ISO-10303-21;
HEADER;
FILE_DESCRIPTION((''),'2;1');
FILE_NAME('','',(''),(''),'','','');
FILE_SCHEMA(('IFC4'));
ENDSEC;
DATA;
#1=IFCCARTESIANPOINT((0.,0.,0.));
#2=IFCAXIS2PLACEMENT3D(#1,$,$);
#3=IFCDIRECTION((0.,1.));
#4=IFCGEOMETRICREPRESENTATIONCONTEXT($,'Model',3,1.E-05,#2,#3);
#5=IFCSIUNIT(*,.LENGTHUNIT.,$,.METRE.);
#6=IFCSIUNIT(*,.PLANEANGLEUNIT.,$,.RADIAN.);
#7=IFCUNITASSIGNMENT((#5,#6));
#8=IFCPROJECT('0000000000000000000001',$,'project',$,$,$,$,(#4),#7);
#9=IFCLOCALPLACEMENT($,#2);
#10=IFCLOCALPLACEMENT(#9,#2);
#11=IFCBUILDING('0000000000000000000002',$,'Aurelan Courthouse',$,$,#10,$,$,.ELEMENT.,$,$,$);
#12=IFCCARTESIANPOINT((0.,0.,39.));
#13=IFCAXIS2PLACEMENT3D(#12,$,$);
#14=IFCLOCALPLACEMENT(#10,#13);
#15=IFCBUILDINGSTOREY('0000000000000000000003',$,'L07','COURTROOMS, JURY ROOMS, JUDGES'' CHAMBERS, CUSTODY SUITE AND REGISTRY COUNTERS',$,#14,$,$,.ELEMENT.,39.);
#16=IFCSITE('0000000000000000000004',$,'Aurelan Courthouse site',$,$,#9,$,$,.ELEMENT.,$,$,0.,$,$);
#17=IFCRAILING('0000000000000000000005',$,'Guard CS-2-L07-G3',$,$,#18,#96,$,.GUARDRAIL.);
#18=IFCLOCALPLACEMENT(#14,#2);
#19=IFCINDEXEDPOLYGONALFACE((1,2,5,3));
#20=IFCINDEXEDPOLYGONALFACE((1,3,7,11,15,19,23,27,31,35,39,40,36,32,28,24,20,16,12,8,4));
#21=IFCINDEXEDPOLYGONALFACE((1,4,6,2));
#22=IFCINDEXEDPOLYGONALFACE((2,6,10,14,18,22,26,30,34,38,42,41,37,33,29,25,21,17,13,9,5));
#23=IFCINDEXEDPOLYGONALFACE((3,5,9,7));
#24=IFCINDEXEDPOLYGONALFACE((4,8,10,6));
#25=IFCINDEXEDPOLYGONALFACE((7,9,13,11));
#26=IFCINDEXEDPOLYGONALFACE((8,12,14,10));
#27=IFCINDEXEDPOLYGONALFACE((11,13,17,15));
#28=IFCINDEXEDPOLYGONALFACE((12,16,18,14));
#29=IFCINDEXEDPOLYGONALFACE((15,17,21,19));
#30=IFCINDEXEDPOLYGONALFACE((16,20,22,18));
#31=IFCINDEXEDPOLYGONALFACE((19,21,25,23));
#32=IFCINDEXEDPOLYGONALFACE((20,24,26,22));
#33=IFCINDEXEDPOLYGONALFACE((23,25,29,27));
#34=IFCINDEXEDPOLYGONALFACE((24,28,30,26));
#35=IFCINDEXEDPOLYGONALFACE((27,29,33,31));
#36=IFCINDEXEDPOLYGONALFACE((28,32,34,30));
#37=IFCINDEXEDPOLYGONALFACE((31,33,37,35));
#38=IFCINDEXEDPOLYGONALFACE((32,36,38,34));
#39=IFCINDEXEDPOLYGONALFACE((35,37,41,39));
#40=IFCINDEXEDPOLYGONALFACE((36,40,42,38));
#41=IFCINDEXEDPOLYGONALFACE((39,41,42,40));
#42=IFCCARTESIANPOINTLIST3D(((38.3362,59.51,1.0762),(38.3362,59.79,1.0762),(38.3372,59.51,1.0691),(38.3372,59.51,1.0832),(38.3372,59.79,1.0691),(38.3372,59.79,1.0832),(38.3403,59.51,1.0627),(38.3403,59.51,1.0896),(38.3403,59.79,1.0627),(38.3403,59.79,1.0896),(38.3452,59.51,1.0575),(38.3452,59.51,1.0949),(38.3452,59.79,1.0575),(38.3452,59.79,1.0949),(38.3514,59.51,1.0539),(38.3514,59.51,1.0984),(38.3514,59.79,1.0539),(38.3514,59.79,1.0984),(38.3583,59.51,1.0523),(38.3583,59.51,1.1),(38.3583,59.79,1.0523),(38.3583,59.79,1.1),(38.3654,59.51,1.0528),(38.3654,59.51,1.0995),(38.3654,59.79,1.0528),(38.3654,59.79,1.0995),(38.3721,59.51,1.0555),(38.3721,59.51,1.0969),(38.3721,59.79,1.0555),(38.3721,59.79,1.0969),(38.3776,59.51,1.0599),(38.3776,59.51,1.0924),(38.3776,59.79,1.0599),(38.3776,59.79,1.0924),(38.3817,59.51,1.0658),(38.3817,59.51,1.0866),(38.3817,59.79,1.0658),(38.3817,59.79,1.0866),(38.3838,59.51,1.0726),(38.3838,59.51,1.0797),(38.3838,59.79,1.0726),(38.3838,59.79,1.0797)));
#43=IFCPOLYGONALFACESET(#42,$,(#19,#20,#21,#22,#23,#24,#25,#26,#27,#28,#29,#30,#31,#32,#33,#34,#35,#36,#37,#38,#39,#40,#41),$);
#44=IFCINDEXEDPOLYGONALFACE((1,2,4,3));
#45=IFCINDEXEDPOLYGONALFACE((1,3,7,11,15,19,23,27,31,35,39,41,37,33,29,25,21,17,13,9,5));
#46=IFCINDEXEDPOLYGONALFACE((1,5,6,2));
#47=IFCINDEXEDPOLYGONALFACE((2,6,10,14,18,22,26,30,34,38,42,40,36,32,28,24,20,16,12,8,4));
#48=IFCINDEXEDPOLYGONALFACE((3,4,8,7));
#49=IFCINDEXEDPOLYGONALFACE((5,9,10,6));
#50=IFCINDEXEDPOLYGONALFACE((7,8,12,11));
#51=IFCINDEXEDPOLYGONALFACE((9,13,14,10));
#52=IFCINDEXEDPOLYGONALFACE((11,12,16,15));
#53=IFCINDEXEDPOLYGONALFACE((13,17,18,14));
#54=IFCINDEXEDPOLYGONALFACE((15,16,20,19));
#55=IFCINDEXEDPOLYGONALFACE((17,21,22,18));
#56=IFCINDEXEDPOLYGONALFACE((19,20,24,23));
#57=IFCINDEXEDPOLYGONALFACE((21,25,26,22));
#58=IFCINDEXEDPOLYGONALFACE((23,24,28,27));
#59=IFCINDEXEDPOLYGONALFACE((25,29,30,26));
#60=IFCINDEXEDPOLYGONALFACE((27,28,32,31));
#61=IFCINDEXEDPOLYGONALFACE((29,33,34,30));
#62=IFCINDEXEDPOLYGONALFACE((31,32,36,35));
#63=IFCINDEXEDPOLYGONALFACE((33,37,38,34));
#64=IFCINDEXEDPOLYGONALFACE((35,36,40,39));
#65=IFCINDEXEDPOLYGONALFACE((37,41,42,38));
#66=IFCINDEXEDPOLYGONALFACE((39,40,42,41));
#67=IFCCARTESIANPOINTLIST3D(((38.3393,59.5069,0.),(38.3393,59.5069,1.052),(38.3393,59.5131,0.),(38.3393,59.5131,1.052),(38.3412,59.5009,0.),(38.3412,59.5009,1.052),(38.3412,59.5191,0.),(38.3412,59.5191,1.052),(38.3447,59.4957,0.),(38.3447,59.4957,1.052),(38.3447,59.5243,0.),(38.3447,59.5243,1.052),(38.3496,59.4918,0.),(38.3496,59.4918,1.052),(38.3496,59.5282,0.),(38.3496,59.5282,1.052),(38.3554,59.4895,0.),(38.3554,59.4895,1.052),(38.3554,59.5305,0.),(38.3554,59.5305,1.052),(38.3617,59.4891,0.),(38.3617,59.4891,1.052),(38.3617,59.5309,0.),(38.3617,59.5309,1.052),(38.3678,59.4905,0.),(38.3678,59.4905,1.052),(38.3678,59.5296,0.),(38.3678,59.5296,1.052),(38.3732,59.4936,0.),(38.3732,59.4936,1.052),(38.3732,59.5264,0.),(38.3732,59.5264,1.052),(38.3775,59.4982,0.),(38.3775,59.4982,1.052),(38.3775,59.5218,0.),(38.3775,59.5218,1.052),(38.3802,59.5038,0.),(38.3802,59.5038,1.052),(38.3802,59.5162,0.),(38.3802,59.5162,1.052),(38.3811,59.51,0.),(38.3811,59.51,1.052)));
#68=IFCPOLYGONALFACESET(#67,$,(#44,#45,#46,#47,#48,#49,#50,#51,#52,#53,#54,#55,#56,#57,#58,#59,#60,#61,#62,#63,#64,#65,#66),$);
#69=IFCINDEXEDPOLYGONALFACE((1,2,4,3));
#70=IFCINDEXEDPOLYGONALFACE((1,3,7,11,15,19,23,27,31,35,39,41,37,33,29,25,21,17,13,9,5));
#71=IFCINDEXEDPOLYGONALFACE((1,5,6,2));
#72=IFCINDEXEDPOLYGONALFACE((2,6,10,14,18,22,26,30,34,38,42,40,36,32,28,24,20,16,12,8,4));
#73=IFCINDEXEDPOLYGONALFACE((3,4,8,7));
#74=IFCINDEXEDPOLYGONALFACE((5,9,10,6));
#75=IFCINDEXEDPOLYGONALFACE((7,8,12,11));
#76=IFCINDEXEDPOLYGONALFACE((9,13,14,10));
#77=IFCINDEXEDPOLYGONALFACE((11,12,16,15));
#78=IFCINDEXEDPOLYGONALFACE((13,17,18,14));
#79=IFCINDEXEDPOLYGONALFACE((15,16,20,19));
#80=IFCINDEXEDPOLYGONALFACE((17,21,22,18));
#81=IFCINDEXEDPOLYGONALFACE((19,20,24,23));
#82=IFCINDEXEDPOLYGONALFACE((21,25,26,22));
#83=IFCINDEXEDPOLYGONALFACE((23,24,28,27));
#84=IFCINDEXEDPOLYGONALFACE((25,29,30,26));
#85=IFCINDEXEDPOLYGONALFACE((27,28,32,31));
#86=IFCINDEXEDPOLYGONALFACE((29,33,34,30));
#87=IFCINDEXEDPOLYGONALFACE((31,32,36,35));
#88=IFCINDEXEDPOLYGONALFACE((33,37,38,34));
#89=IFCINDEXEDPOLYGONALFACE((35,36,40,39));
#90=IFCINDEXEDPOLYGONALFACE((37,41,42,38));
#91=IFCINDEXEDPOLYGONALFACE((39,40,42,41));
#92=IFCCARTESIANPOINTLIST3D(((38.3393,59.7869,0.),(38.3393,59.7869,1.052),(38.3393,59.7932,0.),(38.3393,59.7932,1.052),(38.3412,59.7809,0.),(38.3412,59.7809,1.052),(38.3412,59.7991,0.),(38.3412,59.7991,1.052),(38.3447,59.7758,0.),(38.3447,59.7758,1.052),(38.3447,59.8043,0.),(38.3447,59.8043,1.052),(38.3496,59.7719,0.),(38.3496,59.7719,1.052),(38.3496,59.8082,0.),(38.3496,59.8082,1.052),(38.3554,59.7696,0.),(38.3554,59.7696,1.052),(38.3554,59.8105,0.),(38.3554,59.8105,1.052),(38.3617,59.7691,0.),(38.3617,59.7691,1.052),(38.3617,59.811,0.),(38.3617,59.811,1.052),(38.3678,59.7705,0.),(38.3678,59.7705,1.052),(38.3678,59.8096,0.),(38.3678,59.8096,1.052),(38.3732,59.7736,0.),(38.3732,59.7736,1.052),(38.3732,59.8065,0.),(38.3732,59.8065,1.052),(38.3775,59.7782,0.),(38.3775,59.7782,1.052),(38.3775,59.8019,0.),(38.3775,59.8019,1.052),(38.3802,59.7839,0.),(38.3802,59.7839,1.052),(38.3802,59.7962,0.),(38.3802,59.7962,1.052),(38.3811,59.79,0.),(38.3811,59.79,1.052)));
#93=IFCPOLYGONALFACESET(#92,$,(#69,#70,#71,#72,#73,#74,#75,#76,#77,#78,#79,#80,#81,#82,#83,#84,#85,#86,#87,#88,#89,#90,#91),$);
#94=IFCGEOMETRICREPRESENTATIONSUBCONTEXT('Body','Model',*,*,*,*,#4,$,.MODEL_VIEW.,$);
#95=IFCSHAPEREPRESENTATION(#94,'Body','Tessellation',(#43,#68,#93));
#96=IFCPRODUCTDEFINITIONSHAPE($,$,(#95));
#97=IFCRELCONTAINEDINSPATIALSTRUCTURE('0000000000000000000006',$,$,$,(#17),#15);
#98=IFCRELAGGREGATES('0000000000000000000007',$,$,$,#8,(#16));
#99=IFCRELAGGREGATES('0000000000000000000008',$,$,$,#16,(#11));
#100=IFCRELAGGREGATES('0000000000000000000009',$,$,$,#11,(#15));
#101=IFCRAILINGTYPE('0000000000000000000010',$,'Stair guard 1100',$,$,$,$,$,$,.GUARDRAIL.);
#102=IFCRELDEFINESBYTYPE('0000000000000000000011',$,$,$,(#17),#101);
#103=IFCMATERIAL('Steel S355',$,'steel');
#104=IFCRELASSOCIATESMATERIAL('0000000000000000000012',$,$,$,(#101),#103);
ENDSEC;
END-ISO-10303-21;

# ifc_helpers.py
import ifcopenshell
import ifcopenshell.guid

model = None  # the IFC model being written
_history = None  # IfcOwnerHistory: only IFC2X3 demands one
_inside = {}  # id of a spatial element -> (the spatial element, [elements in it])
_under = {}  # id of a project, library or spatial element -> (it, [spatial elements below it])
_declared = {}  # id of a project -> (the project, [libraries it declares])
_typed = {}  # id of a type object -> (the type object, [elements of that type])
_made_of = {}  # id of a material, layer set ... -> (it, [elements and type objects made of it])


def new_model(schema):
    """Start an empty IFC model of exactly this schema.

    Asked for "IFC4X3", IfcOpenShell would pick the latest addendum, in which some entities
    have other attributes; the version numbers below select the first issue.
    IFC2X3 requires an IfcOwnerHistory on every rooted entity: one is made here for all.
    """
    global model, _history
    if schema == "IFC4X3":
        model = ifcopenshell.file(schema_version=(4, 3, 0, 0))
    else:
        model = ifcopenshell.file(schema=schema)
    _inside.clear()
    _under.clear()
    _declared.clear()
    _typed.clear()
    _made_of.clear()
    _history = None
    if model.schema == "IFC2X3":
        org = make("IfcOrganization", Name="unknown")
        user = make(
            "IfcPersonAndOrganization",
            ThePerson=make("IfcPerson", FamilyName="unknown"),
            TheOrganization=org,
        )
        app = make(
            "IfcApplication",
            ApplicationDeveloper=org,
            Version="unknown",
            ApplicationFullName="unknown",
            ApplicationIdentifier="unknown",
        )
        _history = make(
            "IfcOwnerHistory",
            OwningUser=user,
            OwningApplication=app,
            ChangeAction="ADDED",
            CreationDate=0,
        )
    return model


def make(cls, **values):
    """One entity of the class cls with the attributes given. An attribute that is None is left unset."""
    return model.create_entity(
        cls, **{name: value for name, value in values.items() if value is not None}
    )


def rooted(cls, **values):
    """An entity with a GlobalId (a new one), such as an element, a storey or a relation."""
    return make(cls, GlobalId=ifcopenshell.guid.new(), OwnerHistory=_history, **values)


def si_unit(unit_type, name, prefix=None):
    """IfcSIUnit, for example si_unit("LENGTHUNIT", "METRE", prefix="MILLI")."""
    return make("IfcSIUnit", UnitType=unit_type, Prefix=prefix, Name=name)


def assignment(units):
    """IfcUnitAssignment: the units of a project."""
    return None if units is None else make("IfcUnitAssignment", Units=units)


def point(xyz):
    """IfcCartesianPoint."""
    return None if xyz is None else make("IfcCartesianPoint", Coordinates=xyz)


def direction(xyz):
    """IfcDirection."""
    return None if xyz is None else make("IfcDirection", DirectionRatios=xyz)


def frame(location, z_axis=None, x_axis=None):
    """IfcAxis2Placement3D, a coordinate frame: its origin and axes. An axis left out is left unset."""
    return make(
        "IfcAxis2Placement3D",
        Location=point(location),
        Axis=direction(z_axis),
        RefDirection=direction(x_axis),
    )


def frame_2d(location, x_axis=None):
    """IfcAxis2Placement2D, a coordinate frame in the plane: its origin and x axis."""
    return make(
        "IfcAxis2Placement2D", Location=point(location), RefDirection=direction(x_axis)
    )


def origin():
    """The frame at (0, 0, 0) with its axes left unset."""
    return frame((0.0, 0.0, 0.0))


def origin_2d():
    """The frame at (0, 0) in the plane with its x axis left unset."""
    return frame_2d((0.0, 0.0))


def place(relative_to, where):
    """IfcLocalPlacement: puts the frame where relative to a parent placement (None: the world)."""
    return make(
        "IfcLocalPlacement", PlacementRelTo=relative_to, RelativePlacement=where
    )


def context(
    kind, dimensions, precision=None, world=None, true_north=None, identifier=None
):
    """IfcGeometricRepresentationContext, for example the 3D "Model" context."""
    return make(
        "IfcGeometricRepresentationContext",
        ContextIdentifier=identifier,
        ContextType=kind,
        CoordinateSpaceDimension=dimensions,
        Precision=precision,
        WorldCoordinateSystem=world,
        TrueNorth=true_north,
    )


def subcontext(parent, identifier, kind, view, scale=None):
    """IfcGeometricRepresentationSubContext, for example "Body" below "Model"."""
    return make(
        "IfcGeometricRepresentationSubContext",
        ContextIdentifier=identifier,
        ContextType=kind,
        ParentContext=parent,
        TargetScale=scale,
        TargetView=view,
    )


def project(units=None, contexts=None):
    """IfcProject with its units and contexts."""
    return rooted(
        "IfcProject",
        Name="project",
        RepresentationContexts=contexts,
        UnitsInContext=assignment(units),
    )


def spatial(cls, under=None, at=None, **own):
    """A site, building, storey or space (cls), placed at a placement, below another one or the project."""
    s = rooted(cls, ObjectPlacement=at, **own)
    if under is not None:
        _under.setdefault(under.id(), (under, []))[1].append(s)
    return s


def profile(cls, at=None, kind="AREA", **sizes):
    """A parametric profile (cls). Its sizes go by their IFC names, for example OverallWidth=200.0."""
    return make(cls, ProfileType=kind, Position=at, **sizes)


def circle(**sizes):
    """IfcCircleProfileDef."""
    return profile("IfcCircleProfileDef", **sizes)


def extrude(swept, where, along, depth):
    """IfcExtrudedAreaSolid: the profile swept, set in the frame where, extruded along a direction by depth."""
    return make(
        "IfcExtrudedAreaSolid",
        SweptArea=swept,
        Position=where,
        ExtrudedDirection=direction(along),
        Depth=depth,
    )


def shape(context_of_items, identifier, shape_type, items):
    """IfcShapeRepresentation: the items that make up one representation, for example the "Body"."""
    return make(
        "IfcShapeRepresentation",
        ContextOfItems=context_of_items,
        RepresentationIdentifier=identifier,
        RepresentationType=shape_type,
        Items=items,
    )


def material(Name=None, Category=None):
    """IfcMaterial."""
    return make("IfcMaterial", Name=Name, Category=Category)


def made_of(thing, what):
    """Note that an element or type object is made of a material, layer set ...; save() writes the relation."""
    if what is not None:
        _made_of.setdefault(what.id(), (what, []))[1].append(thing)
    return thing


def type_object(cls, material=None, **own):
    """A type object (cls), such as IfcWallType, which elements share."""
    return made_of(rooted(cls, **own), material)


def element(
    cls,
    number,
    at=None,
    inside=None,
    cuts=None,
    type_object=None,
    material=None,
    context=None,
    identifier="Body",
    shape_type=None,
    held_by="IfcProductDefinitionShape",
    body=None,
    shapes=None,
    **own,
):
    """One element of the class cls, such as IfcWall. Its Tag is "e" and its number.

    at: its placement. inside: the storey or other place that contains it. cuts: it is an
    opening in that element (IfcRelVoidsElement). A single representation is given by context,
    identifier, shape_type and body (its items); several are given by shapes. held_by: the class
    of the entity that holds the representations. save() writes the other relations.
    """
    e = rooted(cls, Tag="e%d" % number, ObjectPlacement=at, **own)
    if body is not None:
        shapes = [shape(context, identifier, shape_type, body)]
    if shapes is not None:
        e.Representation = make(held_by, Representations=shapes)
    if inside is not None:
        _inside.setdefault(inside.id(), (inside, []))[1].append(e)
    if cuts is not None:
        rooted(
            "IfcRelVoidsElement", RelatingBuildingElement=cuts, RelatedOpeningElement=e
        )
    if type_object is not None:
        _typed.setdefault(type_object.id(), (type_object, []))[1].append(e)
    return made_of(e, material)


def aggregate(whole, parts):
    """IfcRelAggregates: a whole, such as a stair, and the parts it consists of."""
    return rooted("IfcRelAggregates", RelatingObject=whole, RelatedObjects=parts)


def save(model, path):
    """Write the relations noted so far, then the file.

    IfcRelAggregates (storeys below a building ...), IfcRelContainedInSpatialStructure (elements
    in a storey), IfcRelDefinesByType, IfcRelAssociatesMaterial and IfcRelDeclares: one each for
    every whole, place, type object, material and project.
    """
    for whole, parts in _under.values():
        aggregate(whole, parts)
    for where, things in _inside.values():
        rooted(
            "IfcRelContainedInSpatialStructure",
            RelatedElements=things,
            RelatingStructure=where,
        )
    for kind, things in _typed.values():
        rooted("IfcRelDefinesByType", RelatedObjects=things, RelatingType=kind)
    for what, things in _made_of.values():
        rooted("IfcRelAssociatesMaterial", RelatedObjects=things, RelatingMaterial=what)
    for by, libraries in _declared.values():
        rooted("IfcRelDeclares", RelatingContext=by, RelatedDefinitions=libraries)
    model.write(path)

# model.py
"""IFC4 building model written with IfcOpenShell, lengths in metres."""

from ifc_helpers import new_model, si_unit, direction, frame, origin, origin_2d, place, context, subcontext, project, spatial, circle, extrude, material, type_object, element, save


model = new_model("IFC4")

# Units and contexts
model_context = context("Model", 3, precision=1e-05, world=origin(), true_north=direction((0.0, 1.0)))
body_context = subcontext(model_context, "Body", "Model", "MODEL_VIEW")
ifc_project = project(units=[si_unit("LENGTHUNIT", "METRE"), si_unit("PLANEANGLEUNIT", "RADIAN")], contexts=[model_context])

# Site, building, storey
site_placement = place(None, origin())
site = spatial("IfcSite", under=ifc_project, at=site_placement, Name="Aurelan Courthouse site", CompositionType="ELEMENT", RefElevation=0.0)
building_placement = place(site_placement, origin())
building = spatial("IfcBuilding", under=site, at=building_placement, Name="Aurelan Courthouse", CompositionType="ELEMENT")
storey_placement = place(building_placement, frame((0.0, 0.0, 39.0)))
storey = spatial("IfcBuildingStorey", under=building, at=storey_placement, Name="L07", Description="COURTROOMS, JURY ROOMS, JUDGES' CHAMBERS, CUSTODY SUITE AND REGISTRY COUNTERS", CompositionType="ELEMENT", Elevation=39.0)

# Railing
ifc_material_1 = material(Name="Steel S355", Category="steel")
railing_type = type_object("IfcRailingType", Name="Stair guard 1100", PredefinedType="GUARDRAIL", material=ifc_material_1)
railing_1_placement = place(storey_placement, frame((38.3601, 59.51, 0.0)))
element("IfcRailing", 1, at=railing_1_placement, inside=storey, type_object=railing_type, Name="Guard CS-2-L07-G3", PredefinedType="GUARDRAIL", context=body_context, shape_type="SweptSolid", body=[
    extrude(circle(Radius=0.0239, at=origin_2d()), frame((0.0, 0.0, 1.0762), z_axis=(0.0, 1.0, 0.0), x_axis=(-1.0, 0.0, 0.0)), (0.0, 0.0, 1.0), 0.28),
    extrude(circle(Radius=0.021, at=origin_2d()), origin(), (0.0, 0.0, 1.0), 1.052),
    extrude(circle(Radius=0.021, at=origin_2d()), frame((0.0, 0.28, 0.0)), (0.0, 0.0, 1.0), 1.052),
])

save(model, "model.ifc")
